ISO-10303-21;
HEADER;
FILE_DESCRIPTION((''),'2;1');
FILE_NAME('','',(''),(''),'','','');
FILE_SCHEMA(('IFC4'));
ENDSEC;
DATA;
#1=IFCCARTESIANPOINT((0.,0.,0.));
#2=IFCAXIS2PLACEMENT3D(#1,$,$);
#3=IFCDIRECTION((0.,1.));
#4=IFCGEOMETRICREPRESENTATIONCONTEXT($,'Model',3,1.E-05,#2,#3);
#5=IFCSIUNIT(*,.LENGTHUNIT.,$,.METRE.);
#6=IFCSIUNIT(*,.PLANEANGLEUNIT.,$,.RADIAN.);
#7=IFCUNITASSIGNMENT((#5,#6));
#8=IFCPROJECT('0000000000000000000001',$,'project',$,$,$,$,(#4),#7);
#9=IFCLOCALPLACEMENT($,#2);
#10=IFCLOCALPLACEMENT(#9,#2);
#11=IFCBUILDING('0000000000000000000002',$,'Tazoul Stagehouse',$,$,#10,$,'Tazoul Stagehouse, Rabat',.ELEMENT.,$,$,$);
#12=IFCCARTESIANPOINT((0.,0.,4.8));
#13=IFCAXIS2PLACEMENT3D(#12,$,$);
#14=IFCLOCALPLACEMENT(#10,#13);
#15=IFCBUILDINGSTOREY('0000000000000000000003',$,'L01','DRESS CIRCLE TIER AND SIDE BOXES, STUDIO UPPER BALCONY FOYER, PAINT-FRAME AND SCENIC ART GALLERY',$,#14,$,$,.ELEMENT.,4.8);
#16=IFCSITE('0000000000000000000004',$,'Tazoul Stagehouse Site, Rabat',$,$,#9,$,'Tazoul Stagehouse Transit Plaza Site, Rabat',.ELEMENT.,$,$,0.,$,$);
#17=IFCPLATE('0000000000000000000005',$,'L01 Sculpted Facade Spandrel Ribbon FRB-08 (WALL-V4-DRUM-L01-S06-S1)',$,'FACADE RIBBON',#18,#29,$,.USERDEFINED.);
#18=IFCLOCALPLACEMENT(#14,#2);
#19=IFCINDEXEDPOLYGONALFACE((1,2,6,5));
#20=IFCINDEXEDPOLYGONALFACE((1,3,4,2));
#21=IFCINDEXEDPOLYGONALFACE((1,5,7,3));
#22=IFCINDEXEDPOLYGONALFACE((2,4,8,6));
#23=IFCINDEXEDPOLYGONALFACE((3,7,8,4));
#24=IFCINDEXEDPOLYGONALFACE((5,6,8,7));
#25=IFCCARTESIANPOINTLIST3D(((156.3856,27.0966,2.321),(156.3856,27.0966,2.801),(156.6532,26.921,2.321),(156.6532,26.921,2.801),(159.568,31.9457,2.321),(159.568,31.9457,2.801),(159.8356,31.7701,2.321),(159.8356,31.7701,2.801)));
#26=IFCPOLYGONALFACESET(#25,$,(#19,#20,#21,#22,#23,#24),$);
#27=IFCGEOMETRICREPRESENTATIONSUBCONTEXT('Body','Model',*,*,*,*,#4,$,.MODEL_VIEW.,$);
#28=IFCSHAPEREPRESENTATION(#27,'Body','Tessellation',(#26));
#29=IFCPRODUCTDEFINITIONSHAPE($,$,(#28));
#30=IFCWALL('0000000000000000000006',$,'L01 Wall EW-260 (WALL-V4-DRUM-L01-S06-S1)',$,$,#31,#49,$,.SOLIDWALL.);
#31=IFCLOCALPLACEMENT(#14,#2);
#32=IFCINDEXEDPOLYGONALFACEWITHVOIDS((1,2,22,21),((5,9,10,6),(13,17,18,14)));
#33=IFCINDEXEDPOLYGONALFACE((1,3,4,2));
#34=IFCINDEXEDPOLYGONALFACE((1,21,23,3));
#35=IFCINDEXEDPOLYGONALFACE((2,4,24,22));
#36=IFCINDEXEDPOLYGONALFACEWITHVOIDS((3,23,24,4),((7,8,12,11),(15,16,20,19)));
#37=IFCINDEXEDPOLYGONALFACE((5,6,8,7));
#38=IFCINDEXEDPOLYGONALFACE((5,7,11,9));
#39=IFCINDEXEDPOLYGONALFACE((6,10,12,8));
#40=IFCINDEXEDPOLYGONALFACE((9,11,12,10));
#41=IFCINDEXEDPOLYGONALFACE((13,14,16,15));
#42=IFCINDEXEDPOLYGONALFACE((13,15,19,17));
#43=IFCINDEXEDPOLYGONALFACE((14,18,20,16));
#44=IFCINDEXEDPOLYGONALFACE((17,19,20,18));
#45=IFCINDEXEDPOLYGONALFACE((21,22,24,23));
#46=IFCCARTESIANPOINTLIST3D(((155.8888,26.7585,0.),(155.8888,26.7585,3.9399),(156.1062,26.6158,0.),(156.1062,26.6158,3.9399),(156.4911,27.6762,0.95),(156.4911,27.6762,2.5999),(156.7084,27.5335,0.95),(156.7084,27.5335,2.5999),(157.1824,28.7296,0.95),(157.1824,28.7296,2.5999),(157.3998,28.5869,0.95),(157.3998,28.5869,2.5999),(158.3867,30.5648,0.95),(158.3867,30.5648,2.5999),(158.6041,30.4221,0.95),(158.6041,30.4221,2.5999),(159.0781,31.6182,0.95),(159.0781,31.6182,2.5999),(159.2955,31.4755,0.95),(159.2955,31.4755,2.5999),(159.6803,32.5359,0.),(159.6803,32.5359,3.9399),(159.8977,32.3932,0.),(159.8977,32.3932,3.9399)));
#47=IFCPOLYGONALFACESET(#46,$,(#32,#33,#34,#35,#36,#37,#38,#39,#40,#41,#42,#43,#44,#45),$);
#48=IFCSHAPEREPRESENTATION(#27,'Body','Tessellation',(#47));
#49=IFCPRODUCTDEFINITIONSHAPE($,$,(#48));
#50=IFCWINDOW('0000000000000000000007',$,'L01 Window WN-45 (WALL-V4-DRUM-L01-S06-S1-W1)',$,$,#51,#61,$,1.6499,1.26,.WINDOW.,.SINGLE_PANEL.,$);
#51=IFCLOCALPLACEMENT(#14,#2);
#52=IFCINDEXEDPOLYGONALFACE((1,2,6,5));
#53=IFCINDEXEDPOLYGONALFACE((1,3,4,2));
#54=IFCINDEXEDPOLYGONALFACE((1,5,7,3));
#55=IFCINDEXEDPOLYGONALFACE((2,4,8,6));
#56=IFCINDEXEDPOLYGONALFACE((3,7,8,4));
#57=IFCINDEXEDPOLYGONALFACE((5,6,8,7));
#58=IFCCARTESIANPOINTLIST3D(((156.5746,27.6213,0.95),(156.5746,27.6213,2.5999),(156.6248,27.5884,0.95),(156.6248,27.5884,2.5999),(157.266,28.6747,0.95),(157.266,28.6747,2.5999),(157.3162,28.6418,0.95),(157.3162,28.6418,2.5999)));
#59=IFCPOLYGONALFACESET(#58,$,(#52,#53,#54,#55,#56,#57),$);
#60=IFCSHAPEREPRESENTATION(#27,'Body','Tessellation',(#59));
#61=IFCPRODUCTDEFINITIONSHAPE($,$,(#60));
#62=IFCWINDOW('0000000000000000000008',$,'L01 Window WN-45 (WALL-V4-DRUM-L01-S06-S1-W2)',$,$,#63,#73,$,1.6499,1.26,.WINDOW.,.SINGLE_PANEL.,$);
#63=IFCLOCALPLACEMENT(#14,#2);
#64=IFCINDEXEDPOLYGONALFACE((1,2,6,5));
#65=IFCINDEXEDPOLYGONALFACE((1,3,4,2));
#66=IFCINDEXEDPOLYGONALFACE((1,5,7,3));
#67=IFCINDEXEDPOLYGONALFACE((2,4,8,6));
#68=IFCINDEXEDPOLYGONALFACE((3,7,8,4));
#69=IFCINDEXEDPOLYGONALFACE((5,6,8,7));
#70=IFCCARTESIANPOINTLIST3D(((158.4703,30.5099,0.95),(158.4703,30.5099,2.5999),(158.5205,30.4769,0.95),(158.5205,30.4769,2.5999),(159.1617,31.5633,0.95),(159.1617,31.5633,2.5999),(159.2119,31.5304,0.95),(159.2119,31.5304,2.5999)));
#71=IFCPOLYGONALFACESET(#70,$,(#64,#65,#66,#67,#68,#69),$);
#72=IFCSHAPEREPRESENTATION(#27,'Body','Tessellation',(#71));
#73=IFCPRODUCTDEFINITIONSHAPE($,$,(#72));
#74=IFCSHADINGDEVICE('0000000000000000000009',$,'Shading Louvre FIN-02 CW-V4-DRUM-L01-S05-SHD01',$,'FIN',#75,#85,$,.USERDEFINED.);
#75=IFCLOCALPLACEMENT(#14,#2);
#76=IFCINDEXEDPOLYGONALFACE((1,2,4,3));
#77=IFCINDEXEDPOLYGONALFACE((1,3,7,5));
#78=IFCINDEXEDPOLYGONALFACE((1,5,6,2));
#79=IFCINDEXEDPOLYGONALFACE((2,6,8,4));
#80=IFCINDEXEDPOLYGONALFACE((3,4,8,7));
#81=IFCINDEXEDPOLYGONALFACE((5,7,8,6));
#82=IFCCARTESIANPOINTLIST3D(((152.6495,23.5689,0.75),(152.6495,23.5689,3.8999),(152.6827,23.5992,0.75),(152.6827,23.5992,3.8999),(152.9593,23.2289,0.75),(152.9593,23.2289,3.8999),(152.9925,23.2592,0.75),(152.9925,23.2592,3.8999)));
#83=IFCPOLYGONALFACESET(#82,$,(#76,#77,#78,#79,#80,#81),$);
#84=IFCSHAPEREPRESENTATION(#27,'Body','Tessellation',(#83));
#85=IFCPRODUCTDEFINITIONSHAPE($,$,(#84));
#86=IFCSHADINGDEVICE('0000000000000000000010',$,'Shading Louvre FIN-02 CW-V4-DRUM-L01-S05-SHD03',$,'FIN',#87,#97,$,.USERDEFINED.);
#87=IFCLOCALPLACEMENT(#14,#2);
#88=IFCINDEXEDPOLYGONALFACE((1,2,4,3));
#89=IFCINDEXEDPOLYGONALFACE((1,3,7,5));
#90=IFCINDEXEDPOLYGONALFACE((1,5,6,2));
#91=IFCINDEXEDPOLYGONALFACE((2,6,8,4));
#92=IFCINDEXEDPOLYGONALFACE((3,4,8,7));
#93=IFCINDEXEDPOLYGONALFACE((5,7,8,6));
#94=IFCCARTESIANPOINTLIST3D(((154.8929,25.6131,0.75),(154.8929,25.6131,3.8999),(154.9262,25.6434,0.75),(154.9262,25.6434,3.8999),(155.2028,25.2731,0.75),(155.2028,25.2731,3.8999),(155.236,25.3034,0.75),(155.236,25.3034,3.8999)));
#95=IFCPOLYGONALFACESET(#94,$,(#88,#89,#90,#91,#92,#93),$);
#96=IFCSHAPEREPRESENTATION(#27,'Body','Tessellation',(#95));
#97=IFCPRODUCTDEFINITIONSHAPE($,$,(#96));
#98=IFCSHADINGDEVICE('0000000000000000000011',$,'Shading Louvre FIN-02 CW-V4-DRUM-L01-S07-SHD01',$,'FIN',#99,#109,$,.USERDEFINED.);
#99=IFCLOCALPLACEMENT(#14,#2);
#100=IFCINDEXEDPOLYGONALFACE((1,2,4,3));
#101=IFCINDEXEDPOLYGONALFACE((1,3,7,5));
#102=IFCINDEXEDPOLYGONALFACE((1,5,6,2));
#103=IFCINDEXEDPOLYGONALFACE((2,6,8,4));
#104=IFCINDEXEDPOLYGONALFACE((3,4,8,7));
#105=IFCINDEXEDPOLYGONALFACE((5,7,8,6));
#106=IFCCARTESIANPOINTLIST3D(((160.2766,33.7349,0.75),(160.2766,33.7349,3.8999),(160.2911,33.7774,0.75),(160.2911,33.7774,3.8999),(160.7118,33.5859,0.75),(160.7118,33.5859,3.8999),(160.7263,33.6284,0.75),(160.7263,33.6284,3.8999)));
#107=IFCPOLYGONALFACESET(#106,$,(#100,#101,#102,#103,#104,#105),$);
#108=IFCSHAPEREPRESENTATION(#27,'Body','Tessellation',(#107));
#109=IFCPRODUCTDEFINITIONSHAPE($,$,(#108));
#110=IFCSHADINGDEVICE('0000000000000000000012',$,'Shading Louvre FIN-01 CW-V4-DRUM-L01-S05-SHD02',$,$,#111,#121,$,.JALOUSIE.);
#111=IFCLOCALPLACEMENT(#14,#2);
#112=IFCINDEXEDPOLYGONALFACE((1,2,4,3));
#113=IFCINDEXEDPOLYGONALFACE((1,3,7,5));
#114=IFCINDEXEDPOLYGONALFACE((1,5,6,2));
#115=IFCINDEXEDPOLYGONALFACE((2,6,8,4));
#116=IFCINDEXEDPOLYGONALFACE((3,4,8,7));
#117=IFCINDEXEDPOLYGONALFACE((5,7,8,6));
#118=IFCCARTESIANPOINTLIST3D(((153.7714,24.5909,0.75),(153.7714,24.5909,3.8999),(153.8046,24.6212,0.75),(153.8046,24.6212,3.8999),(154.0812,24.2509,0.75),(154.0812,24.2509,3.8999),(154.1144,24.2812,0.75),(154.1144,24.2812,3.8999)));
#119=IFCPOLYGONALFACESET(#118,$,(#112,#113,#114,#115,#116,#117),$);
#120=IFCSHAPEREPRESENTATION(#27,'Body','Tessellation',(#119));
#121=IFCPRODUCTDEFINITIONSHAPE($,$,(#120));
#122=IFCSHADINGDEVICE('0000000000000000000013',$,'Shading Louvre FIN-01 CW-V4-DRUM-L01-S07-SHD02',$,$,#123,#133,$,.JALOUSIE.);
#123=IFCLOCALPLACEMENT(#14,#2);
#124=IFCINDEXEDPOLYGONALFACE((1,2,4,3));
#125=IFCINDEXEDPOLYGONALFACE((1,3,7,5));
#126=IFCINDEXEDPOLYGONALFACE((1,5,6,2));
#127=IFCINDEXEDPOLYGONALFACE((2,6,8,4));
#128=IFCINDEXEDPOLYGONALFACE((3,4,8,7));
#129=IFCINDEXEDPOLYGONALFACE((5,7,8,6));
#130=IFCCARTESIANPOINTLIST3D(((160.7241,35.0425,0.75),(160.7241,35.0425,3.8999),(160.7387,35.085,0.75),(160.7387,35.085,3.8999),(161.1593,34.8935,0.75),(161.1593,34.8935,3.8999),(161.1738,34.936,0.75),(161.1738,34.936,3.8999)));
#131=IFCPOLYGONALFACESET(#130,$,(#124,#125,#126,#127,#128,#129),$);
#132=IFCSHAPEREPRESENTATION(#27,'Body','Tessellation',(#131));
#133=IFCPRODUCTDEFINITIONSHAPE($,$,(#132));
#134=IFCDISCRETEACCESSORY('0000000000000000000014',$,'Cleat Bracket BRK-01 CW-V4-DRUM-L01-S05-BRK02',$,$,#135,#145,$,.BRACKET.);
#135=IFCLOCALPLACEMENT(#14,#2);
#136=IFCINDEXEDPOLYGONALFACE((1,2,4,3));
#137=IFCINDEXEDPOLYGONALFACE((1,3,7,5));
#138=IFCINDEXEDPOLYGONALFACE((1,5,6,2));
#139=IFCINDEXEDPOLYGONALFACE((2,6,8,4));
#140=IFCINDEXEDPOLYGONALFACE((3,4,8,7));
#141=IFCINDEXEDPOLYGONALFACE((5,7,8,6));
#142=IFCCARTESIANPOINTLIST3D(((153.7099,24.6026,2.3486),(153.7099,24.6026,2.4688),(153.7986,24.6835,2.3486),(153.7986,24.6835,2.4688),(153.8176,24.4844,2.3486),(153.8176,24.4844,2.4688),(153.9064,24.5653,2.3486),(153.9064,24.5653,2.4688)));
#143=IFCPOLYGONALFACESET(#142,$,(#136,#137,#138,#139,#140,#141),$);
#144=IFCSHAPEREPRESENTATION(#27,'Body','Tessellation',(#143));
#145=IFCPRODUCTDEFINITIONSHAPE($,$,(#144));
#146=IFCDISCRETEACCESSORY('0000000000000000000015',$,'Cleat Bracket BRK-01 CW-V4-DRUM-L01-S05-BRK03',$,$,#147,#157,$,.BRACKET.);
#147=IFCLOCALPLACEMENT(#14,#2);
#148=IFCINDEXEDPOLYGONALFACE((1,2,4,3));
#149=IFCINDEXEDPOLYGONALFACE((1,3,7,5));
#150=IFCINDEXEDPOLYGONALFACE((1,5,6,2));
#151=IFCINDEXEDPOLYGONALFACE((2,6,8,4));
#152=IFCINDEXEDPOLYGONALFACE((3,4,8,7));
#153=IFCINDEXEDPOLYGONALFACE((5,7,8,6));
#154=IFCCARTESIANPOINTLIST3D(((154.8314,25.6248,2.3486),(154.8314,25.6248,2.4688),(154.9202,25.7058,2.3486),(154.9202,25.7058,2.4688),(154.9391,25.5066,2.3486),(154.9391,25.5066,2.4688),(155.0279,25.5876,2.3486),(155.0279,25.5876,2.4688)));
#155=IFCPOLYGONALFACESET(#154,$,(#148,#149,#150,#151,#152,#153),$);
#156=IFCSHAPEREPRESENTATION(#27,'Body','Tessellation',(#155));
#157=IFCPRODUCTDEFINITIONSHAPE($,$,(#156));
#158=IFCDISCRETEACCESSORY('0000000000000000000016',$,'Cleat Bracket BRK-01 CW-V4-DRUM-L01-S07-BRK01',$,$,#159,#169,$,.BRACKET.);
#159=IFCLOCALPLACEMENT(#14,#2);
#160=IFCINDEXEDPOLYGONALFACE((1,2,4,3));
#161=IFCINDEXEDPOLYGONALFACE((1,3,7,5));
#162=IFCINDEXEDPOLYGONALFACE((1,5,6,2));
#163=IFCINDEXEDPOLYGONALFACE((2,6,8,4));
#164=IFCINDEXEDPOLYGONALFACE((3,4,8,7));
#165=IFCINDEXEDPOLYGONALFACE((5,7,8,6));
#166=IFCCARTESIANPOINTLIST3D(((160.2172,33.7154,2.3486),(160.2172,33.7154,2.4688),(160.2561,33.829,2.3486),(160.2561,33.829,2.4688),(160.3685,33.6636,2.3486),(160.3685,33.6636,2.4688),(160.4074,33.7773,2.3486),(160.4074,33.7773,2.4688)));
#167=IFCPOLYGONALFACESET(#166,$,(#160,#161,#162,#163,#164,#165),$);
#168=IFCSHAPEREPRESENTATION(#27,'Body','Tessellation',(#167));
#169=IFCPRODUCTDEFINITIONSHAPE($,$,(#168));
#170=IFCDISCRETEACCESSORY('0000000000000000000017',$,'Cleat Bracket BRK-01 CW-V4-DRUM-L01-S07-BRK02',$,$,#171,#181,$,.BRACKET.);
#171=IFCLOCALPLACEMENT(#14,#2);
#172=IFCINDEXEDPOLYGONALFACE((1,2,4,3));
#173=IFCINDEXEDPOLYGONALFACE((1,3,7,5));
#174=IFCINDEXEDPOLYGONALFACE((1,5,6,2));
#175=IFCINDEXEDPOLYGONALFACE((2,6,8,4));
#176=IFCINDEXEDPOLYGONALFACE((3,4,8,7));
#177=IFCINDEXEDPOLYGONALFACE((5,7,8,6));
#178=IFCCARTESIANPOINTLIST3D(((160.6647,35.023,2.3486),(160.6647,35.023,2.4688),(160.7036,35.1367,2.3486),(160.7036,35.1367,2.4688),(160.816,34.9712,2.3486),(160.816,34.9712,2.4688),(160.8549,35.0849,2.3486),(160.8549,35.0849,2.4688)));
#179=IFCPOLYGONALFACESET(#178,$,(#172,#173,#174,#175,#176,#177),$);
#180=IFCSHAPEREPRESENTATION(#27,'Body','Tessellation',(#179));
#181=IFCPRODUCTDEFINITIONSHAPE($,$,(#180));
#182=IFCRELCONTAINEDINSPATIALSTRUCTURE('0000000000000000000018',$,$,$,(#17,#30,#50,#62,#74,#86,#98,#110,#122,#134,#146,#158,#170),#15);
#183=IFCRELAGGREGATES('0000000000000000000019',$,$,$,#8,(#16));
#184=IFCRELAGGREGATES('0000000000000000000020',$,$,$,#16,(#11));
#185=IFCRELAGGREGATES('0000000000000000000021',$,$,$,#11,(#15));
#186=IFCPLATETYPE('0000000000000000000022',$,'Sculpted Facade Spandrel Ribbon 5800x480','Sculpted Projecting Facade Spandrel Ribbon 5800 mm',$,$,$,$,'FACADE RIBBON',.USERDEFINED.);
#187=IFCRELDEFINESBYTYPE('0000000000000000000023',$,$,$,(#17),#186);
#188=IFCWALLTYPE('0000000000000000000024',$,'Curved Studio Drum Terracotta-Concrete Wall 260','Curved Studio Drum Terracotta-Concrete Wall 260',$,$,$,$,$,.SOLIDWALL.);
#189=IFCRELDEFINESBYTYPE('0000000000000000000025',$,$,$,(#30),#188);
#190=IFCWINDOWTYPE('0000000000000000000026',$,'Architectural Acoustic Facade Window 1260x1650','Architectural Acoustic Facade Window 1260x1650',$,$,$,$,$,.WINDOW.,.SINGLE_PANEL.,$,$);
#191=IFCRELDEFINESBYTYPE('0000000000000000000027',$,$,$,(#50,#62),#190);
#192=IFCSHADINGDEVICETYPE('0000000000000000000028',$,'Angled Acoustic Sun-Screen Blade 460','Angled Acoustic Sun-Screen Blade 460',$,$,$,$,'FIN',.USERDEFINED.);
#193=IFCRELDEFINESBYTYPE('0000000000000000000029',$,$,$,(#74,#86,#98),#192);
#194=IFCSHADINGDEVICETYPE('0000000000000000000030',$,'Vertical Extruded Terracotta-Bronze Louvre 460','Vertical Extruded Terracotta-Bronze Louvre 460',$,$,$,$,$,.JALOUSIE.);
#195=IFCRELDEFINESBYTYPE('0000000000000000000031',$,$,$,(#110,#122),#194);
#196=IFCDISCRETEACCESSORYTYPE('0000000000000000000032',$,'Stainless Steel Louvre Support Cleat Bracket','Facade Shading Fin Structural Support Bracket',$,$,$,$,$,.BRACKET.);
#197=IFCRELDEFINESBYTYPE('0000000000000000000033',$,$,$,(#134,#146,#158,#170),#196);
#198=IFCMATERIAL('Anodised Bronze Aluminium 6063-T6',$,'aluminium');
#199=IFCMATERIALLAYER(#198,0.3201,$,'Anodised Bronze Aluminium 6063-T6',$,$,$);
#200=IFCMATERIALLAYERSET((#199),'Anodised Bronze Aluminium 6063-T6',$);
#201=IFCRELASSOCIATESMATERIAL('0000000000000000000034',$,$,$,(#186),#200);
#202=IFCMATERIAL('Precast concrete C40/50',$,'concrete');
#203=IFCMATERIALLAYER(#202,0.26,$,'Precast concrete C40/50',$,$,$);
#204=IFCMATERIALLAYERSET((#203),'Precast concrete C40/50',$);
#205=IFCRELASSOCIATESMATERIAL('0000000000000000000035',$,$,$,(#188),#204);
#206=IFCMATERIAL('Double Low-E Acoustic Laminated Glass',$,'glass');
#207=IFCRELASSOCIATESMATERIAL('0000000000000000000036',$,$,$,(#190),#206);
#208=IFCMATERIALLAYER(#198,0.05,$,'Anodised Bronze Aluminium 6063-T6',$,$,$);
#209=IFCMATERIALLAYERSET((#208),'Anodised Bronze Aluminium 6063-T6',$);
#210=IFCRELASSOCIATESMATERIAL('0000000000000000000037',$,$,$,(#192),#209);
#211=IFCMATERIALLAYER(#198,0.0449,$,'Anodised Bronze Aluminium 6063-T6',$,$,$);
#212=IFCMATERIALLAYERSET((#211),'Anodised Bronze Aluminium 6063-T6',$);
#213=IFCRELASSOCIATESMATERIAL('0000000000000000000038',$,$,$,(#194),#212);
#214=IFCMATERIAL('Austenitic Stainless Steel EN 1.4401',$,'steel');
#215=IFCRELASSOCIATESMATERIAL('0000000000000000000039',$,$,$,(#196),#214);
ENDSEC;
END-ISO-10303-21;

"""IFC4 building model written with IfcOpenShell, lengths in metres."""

from ifc_helpers import new_model, si_unit, direction, frame, frame_2d, origin, origin_2d, place, context, subcontext, project, spatial, rectangle, extrude, material, layer, layer_set, type_object, element, fill, save


model = new_model("IFC4")

# Units and contexts
model_context = context("Model", 3, precision=1e-05, world=origin(), true_north=direction((0.0, 1.0)))
body_context = subcontext(model_context, "Body", "Model", "MODEL_VIEW")
ifc_project = project(units=[si_unit("LENGTHUNIT", "METRE"), si_unit("PLANEANGLEUNIT", "RADIAN")], contexts=[model_context])

# Site, building, storey
site_placement = place(None, origin())
site = spatial("IfcSite", under=ifc_project, at=site_placement, Name="Tazoul Stagehouse Site, Rabat", LongName="Tazoul Stagehouse Transit Plaza Site, Rabat", CompositionType="ELEMENT", RefElevation=0.0)
building_placement = place(site_placement, origin())
building = spatial("IfcBuilding", under=site, at=building_placement, Name="Tazoul Stagehouse", LongName="Tazoul Stagehouse, Rabat", CompositionType="ELEMENT")
storey_placement = place(building_placement, frame((0.0, 0.0, 4.8)))
storey = spatial("IfcBuildingStorey", under=building, at=storey_placement, Name="L01", Description="DRESS CIRCLE TIER AND SIDE BOXES, STUDIO UPPER BALCONY FOYER, PAINT-FRAME AND SCENIC ART GALLERY", CompositionType="ELEMENT", Elevation=4.8)

# Plate
ifc_material_1 = material(Name="Anodised Bronze Aluminium 6063-T6", Category="aluminium")
ifc_layer_1 = layer(ifc_material_1, 0.3201, Name="Anodised Bronze Aluminium 6063-T6")
ifc_layer_set_1 = layer_set([ifc_layer_1], Name="Anodised Bronze Aluminium 6063-T6")
plate_type_1 = type_object("IfcPlateType", Name="Sculpted Facade Spandrel Ribbon 5800x480", Description="Sculpted Projecting Facade Spandrel Ribbon 5800 mm", ElementType="FACADE RIBBON", PredefinedType="USERDEFINED", material=ifc_layer_set_1)
plate_placement = place(storey_placement, frame((158.1106, 29.4333, 2.321), z_axis=(0.0, 0.0, 1.0), x_axis=(0.548671, 0.836038, 0.0)))
element("IfcPlate", 1, at=plate_placement, inside=storey, type_object=plate_type_1, Name="L01 Sculpted Facade Spandrel Ribbon FRB-08 (WALL-V4-DRUM-L01-S06-S1)", ObjectType="FACADE RIBBON", PredefinedType="USERDEFINED", context=body_context, shape_type="SweptSolid", body=[
    extrude(rectangle(XDim=5.8, YDim=0.3201, at=origin_2d()), origin(), (0.0, 0.0, 1.0), 0.48),
])

# Wall, openings, windows
ifc_material_2 = material(Name="Precast concrete C40/50", Category="concrete")
ifc_layer_2 = layer(ifc_material_2, 0.26, Name="Precast concrete C40/50")
ifc_layer_set_2 = layer_set([ifc_layer_2], Name="Precast concrete C40/50")
wall_type = type_object("IfcWallType", Name="Curved Studio Drum Terracotta-Concrete Wall 260", Description="Curved Studio Drum Terracotta-Concrete Wall 260", PredefinedType="SOLIDWALL", material=ifc_layer_set_2)
wall_placement = place(storey_placement, frame((155.9976, 26.6873, 0.0), z_axis=(0.0, 0.0, 1.0), x_axis=(0.548669, 0.83604, 0.0)))
wall = element("IfcWall", 2, at=wall_placement, inside=storey, type_object=wall_type, Name="L01 Wall EW-260 (WALL-V4-DRUM-L01-S06-S1)", PredefinedType="SOLIDWALL", context=body_context, shape_type="SweptSolid", body=[
    extrude(rectangle(XDim=6.9104, YDim=0.26, at=frame_2d((3.4551, 0.0))), origin(), (0.0, 0.0, 1.0), 3.9399),
])
opening_1_placement = place(wall_placement, frame((1.0977, 0.0, 0.95)))
opening_1 = element("IfcOpeningElement", 3, at=opening_1_placement, cuts=wall, PredefinedType="OPENING", context=body_context, shape_type="SweptSolid", body=[
    extrude(rectangle(XDim=1.26, YDim=1.6499, at=frame_2d((0.6299, 0.825))), frame((0.0, 0.1499, 0.0), z_axis=(0.0, -1.0, 0.0), x_axis=(1.0, 0.0, 0.0)), (0.0, 0.0, 1.0), 0.3),
])
opening_2_placement = place(wall_placement, frame((4.5527, 0.0, 0.95)))
opening_2 = element("IfcOpeningElement", 4, at=opening_2_placement, cuts=wall, PredefinedType="OPENING", context=body_context, shape_type="SweptSolid", body=[
    extrude(rectangle(XDim=1.26, YDim=1.6499, at=frame_2d((0.6299, 0.825))), frame((0.0, 0.1499, 0.0), z_axis=(0.0, -1.0, 0.0), x_axis=(1.0, 0.0, 0.0)), (0.0, 0.0, 1.0), 0.3),
])
ifc_material_3 = material(Name="Double Low-E Acoustic Laminated Glass", Category="glass")
window_type = type_object("IfcWindowType", Name="Architectural Acoustic Facade Window 1260x1650", Description="Architectural Acoustic Facade Window 1260x1650", PartitioningType="SINGLE_PANEL", PredefinedType="WINDOW", material=ifc_material_3)
window_1_placement = place(opening_1_placement, origin())
window_1 = element("IfcWindow", 5, at=window_1_placement, inside=storey, type_object=window_type, Name="L01 Window WN-45 (WALL-V4-DRUM-L01-S06-S1-W1)", OverallHeight=1.6499, OverallWidth=1.26, PartitioningType="SINGLE_PANEL", PredefinedType="WINDOW", context=body_context, shape_type="SweptSolid", body=[
    extrude(rectangle(XDim=1.26, YDim=1.6499, at=frame_2d((0.6299, 0.825))), frame((0.0, 0.03, 0.0), z_axis=(0.0, -1.0, 0.0), x_axis=(1.0, 0.0, 0.0)), (0.0, 0.0, 1.0), 0.0601),
])
fill(opening_1, window_1)
window_2_placement = place(opening_2_placement, origin())
window_2 = element("IfcWindow", 6, at=window_2_placement, inside=storey, type_object=window_type, Name="L01 Window WN-45 (WALL-V4-DRUM-L01-S06-S1-W2)", OverallHeight=1.6499, OverallWidth=1.26, PartitioningType="SINGLE_PANEL", PredefinedType="WINDOW", context=body_context, shape_type="SweptSolid", body=[
    extrude(rectangle(XDim=1.26, YDim=1.6499, at=frame_2d((0.6299, 0.825))), frame((0.0, 0.03, 0.0), z_axis=(0.0, -1.0, 0.0), x_axis=(1.0, 0.0, 0.0)), (0.0, 0.0, 1.0), 0.0601),
])
fill(opening_2, window_2)

# Shading devices
ifc_layer_3 = layer(ifc_material_1, 0.05, Name="Anodised Bronze Aluminium 6063-T6")
ifc_layer_set_3 = layer_set([ifc_layer_3], Name="Anodised Bronze Aluminium 6063-T6")
shading_device_type_1 = type_object("IfcShadingDeviceType", Name="Angled Acoustic Sun-Screen Blade 460", Description="Angled Acoustic Sun-Screen Blade 460", ElementType="FIN", PredefinedType="USERDEFINED", material=ifc_layer_set_3)
for number, where, z_axis, x_axis, name in (
    (7, (152.821, 23.4141, 0.75), (0.0, 0.0, 1.0), (0.739147, 0.673544, 0.0), "Shading Louvre FIN-02 CW-V4-DRUM-L01-S05-SHD01"),
    (8, (155.0645, 25.4583, 0.75), (0.0, 0.0, 1.0), (0.739147, 0.673544, 0.0), "Shading Louvre FIN-02 CW-V4-DRUM-L01-S05-SHD03"),
    (9, (160.5015, 33.6816, 0.75), (0.0, 0.0, 1.0), (0.323785, 0.946131, 0.0), "Shading Louvre FIN-02 CW-V4-DRUM-L01-S07-SHD01"),
):
    element("IfcShadingDevice", number, at=place(storey_placement, frame(where, z_axis=z_axis, x_axis=x_axis)), inside=storey, type_object=shading_device_type_1, Name=name, ObjectType="FIN", PredefinedType="USERDEFINED", context=body_context, shape_type="SweptSolid", body=[
        extrude(rectangle(XDim=0.0449, YDim=0.46, at=origin_2d()), origin(), (0.0, 0.0, 1.0), 3.1499),
    ])
ifc_layer_4 = layer(ifc_material_1, 0.0449, Name="Anodised Bronze Aluminium 6063-T6")
ifc_layer_set_4 = layer_set([ifc_layer_4], Name="Anodised Bronze Aluminium 6063-T6")
shading_device_type_2 = type_object("IfcShadingDeviceType", Name="Vertical Extruded Terracotta-Bronze Louvre 460", Description="Vertical Extruded Terracotta-Bronze Louvre 460", PredefinedType="JALOUSIE", material=ifc_layer_set_4)
for number, where, z_axis, x_axis, name in (
    (10, (153.9429, 24.436, 0.75), (0.0, 0.0, 1.0), (0.739147, 0.673544, 0.0), "Shading Louvre FIN-01 CW-V4-DRUM-L01-S05-SHD02"),
    (11, (160.949, 34.9893, 0.75), (0.0, 0.0, 1.0), (0.323785, 0.946131, 0.0), "Shading Louvre FIN-01 CW-V4-DRUM-L01-S07-SHD02"),
):
    element("IfcShadingDevice", number, at=place(storey_placement, frame(where, z_axis=z_axis, x_axis=x_axis)), inside=storey, type_object=shading_device_type_2, Name=name, PredefinedType="JALOUSIE", context=body_context, shape_type="SweptSolid", body=[
        extrude(rectangle(XDim=0.0449, YDim=0.46, at=origin_2d()), origin(), (0.0, 0.0, 1.0), 3.1499),
    ])

# Discrete accessories
ifc_material_4 = material(Name="Austenitic Stainless Steel EN 1.4401", Category="steel")
discrete_accessory_type = type_object("IfcDiscreteAccessoryType", Name="Stainless Steel Louvre Support Cleat Bracket", Description="Facade Shading Fin Structural Support Bracket", PredefinedType="BRACKET", material=ifc_material_4)
for number, where, z_axis, x_axis, name in (
    (12, (153.8081, 24.584, 2.3486), (0.0, 0.0, 1.0), (0.739147, 0.673544, 0.0), "Cleat Bracket BRK-01 CW-V4-DRUM-L01-S05-BRK02"),
    (13, (154.9297, 25.6062, 2.3486), (0.0, 0.0, 1.0), (0.739147, 0.673544, 0.0), "Cleat Bracket BRK-01 CW-V4-DRUM-L01-S05-BRK03"),
    (14, (160.3123, 33.7463, 2.3486), (0.0, 0.0, 1.0), (0.323785, 0.946131, 0.0), "Cleat Bracket BRK-01 CW-V4-DRUM-L01-S07-BRK01"),
    (15, (160.7598, 35.054, 2.3486), (0.0, 0.0, 1.0), (0.323785, 0.946131, 0.0), "Cleat Bracket BRK-01 CW-V4-DRUM-L01-S07-BRK02"),
):
    element("IfcDiscreteAccessory", number, at=place(storey_placement, frame(where, z_axis=z_axis, x_axis=x_axis)), inside=storey, type_object=discrete_accessory_type, Name=name, PredefinedType="BRACKET", context=body_context, shape_type="SweptSolid", body=[
        extrude(rectangle(XDim=0.1201, YDim=0.1599, at=origin_2d()), origin(), (0.0, 0.0, 1.0), 0.1201),
    ])

save(model, "model.ifc")
